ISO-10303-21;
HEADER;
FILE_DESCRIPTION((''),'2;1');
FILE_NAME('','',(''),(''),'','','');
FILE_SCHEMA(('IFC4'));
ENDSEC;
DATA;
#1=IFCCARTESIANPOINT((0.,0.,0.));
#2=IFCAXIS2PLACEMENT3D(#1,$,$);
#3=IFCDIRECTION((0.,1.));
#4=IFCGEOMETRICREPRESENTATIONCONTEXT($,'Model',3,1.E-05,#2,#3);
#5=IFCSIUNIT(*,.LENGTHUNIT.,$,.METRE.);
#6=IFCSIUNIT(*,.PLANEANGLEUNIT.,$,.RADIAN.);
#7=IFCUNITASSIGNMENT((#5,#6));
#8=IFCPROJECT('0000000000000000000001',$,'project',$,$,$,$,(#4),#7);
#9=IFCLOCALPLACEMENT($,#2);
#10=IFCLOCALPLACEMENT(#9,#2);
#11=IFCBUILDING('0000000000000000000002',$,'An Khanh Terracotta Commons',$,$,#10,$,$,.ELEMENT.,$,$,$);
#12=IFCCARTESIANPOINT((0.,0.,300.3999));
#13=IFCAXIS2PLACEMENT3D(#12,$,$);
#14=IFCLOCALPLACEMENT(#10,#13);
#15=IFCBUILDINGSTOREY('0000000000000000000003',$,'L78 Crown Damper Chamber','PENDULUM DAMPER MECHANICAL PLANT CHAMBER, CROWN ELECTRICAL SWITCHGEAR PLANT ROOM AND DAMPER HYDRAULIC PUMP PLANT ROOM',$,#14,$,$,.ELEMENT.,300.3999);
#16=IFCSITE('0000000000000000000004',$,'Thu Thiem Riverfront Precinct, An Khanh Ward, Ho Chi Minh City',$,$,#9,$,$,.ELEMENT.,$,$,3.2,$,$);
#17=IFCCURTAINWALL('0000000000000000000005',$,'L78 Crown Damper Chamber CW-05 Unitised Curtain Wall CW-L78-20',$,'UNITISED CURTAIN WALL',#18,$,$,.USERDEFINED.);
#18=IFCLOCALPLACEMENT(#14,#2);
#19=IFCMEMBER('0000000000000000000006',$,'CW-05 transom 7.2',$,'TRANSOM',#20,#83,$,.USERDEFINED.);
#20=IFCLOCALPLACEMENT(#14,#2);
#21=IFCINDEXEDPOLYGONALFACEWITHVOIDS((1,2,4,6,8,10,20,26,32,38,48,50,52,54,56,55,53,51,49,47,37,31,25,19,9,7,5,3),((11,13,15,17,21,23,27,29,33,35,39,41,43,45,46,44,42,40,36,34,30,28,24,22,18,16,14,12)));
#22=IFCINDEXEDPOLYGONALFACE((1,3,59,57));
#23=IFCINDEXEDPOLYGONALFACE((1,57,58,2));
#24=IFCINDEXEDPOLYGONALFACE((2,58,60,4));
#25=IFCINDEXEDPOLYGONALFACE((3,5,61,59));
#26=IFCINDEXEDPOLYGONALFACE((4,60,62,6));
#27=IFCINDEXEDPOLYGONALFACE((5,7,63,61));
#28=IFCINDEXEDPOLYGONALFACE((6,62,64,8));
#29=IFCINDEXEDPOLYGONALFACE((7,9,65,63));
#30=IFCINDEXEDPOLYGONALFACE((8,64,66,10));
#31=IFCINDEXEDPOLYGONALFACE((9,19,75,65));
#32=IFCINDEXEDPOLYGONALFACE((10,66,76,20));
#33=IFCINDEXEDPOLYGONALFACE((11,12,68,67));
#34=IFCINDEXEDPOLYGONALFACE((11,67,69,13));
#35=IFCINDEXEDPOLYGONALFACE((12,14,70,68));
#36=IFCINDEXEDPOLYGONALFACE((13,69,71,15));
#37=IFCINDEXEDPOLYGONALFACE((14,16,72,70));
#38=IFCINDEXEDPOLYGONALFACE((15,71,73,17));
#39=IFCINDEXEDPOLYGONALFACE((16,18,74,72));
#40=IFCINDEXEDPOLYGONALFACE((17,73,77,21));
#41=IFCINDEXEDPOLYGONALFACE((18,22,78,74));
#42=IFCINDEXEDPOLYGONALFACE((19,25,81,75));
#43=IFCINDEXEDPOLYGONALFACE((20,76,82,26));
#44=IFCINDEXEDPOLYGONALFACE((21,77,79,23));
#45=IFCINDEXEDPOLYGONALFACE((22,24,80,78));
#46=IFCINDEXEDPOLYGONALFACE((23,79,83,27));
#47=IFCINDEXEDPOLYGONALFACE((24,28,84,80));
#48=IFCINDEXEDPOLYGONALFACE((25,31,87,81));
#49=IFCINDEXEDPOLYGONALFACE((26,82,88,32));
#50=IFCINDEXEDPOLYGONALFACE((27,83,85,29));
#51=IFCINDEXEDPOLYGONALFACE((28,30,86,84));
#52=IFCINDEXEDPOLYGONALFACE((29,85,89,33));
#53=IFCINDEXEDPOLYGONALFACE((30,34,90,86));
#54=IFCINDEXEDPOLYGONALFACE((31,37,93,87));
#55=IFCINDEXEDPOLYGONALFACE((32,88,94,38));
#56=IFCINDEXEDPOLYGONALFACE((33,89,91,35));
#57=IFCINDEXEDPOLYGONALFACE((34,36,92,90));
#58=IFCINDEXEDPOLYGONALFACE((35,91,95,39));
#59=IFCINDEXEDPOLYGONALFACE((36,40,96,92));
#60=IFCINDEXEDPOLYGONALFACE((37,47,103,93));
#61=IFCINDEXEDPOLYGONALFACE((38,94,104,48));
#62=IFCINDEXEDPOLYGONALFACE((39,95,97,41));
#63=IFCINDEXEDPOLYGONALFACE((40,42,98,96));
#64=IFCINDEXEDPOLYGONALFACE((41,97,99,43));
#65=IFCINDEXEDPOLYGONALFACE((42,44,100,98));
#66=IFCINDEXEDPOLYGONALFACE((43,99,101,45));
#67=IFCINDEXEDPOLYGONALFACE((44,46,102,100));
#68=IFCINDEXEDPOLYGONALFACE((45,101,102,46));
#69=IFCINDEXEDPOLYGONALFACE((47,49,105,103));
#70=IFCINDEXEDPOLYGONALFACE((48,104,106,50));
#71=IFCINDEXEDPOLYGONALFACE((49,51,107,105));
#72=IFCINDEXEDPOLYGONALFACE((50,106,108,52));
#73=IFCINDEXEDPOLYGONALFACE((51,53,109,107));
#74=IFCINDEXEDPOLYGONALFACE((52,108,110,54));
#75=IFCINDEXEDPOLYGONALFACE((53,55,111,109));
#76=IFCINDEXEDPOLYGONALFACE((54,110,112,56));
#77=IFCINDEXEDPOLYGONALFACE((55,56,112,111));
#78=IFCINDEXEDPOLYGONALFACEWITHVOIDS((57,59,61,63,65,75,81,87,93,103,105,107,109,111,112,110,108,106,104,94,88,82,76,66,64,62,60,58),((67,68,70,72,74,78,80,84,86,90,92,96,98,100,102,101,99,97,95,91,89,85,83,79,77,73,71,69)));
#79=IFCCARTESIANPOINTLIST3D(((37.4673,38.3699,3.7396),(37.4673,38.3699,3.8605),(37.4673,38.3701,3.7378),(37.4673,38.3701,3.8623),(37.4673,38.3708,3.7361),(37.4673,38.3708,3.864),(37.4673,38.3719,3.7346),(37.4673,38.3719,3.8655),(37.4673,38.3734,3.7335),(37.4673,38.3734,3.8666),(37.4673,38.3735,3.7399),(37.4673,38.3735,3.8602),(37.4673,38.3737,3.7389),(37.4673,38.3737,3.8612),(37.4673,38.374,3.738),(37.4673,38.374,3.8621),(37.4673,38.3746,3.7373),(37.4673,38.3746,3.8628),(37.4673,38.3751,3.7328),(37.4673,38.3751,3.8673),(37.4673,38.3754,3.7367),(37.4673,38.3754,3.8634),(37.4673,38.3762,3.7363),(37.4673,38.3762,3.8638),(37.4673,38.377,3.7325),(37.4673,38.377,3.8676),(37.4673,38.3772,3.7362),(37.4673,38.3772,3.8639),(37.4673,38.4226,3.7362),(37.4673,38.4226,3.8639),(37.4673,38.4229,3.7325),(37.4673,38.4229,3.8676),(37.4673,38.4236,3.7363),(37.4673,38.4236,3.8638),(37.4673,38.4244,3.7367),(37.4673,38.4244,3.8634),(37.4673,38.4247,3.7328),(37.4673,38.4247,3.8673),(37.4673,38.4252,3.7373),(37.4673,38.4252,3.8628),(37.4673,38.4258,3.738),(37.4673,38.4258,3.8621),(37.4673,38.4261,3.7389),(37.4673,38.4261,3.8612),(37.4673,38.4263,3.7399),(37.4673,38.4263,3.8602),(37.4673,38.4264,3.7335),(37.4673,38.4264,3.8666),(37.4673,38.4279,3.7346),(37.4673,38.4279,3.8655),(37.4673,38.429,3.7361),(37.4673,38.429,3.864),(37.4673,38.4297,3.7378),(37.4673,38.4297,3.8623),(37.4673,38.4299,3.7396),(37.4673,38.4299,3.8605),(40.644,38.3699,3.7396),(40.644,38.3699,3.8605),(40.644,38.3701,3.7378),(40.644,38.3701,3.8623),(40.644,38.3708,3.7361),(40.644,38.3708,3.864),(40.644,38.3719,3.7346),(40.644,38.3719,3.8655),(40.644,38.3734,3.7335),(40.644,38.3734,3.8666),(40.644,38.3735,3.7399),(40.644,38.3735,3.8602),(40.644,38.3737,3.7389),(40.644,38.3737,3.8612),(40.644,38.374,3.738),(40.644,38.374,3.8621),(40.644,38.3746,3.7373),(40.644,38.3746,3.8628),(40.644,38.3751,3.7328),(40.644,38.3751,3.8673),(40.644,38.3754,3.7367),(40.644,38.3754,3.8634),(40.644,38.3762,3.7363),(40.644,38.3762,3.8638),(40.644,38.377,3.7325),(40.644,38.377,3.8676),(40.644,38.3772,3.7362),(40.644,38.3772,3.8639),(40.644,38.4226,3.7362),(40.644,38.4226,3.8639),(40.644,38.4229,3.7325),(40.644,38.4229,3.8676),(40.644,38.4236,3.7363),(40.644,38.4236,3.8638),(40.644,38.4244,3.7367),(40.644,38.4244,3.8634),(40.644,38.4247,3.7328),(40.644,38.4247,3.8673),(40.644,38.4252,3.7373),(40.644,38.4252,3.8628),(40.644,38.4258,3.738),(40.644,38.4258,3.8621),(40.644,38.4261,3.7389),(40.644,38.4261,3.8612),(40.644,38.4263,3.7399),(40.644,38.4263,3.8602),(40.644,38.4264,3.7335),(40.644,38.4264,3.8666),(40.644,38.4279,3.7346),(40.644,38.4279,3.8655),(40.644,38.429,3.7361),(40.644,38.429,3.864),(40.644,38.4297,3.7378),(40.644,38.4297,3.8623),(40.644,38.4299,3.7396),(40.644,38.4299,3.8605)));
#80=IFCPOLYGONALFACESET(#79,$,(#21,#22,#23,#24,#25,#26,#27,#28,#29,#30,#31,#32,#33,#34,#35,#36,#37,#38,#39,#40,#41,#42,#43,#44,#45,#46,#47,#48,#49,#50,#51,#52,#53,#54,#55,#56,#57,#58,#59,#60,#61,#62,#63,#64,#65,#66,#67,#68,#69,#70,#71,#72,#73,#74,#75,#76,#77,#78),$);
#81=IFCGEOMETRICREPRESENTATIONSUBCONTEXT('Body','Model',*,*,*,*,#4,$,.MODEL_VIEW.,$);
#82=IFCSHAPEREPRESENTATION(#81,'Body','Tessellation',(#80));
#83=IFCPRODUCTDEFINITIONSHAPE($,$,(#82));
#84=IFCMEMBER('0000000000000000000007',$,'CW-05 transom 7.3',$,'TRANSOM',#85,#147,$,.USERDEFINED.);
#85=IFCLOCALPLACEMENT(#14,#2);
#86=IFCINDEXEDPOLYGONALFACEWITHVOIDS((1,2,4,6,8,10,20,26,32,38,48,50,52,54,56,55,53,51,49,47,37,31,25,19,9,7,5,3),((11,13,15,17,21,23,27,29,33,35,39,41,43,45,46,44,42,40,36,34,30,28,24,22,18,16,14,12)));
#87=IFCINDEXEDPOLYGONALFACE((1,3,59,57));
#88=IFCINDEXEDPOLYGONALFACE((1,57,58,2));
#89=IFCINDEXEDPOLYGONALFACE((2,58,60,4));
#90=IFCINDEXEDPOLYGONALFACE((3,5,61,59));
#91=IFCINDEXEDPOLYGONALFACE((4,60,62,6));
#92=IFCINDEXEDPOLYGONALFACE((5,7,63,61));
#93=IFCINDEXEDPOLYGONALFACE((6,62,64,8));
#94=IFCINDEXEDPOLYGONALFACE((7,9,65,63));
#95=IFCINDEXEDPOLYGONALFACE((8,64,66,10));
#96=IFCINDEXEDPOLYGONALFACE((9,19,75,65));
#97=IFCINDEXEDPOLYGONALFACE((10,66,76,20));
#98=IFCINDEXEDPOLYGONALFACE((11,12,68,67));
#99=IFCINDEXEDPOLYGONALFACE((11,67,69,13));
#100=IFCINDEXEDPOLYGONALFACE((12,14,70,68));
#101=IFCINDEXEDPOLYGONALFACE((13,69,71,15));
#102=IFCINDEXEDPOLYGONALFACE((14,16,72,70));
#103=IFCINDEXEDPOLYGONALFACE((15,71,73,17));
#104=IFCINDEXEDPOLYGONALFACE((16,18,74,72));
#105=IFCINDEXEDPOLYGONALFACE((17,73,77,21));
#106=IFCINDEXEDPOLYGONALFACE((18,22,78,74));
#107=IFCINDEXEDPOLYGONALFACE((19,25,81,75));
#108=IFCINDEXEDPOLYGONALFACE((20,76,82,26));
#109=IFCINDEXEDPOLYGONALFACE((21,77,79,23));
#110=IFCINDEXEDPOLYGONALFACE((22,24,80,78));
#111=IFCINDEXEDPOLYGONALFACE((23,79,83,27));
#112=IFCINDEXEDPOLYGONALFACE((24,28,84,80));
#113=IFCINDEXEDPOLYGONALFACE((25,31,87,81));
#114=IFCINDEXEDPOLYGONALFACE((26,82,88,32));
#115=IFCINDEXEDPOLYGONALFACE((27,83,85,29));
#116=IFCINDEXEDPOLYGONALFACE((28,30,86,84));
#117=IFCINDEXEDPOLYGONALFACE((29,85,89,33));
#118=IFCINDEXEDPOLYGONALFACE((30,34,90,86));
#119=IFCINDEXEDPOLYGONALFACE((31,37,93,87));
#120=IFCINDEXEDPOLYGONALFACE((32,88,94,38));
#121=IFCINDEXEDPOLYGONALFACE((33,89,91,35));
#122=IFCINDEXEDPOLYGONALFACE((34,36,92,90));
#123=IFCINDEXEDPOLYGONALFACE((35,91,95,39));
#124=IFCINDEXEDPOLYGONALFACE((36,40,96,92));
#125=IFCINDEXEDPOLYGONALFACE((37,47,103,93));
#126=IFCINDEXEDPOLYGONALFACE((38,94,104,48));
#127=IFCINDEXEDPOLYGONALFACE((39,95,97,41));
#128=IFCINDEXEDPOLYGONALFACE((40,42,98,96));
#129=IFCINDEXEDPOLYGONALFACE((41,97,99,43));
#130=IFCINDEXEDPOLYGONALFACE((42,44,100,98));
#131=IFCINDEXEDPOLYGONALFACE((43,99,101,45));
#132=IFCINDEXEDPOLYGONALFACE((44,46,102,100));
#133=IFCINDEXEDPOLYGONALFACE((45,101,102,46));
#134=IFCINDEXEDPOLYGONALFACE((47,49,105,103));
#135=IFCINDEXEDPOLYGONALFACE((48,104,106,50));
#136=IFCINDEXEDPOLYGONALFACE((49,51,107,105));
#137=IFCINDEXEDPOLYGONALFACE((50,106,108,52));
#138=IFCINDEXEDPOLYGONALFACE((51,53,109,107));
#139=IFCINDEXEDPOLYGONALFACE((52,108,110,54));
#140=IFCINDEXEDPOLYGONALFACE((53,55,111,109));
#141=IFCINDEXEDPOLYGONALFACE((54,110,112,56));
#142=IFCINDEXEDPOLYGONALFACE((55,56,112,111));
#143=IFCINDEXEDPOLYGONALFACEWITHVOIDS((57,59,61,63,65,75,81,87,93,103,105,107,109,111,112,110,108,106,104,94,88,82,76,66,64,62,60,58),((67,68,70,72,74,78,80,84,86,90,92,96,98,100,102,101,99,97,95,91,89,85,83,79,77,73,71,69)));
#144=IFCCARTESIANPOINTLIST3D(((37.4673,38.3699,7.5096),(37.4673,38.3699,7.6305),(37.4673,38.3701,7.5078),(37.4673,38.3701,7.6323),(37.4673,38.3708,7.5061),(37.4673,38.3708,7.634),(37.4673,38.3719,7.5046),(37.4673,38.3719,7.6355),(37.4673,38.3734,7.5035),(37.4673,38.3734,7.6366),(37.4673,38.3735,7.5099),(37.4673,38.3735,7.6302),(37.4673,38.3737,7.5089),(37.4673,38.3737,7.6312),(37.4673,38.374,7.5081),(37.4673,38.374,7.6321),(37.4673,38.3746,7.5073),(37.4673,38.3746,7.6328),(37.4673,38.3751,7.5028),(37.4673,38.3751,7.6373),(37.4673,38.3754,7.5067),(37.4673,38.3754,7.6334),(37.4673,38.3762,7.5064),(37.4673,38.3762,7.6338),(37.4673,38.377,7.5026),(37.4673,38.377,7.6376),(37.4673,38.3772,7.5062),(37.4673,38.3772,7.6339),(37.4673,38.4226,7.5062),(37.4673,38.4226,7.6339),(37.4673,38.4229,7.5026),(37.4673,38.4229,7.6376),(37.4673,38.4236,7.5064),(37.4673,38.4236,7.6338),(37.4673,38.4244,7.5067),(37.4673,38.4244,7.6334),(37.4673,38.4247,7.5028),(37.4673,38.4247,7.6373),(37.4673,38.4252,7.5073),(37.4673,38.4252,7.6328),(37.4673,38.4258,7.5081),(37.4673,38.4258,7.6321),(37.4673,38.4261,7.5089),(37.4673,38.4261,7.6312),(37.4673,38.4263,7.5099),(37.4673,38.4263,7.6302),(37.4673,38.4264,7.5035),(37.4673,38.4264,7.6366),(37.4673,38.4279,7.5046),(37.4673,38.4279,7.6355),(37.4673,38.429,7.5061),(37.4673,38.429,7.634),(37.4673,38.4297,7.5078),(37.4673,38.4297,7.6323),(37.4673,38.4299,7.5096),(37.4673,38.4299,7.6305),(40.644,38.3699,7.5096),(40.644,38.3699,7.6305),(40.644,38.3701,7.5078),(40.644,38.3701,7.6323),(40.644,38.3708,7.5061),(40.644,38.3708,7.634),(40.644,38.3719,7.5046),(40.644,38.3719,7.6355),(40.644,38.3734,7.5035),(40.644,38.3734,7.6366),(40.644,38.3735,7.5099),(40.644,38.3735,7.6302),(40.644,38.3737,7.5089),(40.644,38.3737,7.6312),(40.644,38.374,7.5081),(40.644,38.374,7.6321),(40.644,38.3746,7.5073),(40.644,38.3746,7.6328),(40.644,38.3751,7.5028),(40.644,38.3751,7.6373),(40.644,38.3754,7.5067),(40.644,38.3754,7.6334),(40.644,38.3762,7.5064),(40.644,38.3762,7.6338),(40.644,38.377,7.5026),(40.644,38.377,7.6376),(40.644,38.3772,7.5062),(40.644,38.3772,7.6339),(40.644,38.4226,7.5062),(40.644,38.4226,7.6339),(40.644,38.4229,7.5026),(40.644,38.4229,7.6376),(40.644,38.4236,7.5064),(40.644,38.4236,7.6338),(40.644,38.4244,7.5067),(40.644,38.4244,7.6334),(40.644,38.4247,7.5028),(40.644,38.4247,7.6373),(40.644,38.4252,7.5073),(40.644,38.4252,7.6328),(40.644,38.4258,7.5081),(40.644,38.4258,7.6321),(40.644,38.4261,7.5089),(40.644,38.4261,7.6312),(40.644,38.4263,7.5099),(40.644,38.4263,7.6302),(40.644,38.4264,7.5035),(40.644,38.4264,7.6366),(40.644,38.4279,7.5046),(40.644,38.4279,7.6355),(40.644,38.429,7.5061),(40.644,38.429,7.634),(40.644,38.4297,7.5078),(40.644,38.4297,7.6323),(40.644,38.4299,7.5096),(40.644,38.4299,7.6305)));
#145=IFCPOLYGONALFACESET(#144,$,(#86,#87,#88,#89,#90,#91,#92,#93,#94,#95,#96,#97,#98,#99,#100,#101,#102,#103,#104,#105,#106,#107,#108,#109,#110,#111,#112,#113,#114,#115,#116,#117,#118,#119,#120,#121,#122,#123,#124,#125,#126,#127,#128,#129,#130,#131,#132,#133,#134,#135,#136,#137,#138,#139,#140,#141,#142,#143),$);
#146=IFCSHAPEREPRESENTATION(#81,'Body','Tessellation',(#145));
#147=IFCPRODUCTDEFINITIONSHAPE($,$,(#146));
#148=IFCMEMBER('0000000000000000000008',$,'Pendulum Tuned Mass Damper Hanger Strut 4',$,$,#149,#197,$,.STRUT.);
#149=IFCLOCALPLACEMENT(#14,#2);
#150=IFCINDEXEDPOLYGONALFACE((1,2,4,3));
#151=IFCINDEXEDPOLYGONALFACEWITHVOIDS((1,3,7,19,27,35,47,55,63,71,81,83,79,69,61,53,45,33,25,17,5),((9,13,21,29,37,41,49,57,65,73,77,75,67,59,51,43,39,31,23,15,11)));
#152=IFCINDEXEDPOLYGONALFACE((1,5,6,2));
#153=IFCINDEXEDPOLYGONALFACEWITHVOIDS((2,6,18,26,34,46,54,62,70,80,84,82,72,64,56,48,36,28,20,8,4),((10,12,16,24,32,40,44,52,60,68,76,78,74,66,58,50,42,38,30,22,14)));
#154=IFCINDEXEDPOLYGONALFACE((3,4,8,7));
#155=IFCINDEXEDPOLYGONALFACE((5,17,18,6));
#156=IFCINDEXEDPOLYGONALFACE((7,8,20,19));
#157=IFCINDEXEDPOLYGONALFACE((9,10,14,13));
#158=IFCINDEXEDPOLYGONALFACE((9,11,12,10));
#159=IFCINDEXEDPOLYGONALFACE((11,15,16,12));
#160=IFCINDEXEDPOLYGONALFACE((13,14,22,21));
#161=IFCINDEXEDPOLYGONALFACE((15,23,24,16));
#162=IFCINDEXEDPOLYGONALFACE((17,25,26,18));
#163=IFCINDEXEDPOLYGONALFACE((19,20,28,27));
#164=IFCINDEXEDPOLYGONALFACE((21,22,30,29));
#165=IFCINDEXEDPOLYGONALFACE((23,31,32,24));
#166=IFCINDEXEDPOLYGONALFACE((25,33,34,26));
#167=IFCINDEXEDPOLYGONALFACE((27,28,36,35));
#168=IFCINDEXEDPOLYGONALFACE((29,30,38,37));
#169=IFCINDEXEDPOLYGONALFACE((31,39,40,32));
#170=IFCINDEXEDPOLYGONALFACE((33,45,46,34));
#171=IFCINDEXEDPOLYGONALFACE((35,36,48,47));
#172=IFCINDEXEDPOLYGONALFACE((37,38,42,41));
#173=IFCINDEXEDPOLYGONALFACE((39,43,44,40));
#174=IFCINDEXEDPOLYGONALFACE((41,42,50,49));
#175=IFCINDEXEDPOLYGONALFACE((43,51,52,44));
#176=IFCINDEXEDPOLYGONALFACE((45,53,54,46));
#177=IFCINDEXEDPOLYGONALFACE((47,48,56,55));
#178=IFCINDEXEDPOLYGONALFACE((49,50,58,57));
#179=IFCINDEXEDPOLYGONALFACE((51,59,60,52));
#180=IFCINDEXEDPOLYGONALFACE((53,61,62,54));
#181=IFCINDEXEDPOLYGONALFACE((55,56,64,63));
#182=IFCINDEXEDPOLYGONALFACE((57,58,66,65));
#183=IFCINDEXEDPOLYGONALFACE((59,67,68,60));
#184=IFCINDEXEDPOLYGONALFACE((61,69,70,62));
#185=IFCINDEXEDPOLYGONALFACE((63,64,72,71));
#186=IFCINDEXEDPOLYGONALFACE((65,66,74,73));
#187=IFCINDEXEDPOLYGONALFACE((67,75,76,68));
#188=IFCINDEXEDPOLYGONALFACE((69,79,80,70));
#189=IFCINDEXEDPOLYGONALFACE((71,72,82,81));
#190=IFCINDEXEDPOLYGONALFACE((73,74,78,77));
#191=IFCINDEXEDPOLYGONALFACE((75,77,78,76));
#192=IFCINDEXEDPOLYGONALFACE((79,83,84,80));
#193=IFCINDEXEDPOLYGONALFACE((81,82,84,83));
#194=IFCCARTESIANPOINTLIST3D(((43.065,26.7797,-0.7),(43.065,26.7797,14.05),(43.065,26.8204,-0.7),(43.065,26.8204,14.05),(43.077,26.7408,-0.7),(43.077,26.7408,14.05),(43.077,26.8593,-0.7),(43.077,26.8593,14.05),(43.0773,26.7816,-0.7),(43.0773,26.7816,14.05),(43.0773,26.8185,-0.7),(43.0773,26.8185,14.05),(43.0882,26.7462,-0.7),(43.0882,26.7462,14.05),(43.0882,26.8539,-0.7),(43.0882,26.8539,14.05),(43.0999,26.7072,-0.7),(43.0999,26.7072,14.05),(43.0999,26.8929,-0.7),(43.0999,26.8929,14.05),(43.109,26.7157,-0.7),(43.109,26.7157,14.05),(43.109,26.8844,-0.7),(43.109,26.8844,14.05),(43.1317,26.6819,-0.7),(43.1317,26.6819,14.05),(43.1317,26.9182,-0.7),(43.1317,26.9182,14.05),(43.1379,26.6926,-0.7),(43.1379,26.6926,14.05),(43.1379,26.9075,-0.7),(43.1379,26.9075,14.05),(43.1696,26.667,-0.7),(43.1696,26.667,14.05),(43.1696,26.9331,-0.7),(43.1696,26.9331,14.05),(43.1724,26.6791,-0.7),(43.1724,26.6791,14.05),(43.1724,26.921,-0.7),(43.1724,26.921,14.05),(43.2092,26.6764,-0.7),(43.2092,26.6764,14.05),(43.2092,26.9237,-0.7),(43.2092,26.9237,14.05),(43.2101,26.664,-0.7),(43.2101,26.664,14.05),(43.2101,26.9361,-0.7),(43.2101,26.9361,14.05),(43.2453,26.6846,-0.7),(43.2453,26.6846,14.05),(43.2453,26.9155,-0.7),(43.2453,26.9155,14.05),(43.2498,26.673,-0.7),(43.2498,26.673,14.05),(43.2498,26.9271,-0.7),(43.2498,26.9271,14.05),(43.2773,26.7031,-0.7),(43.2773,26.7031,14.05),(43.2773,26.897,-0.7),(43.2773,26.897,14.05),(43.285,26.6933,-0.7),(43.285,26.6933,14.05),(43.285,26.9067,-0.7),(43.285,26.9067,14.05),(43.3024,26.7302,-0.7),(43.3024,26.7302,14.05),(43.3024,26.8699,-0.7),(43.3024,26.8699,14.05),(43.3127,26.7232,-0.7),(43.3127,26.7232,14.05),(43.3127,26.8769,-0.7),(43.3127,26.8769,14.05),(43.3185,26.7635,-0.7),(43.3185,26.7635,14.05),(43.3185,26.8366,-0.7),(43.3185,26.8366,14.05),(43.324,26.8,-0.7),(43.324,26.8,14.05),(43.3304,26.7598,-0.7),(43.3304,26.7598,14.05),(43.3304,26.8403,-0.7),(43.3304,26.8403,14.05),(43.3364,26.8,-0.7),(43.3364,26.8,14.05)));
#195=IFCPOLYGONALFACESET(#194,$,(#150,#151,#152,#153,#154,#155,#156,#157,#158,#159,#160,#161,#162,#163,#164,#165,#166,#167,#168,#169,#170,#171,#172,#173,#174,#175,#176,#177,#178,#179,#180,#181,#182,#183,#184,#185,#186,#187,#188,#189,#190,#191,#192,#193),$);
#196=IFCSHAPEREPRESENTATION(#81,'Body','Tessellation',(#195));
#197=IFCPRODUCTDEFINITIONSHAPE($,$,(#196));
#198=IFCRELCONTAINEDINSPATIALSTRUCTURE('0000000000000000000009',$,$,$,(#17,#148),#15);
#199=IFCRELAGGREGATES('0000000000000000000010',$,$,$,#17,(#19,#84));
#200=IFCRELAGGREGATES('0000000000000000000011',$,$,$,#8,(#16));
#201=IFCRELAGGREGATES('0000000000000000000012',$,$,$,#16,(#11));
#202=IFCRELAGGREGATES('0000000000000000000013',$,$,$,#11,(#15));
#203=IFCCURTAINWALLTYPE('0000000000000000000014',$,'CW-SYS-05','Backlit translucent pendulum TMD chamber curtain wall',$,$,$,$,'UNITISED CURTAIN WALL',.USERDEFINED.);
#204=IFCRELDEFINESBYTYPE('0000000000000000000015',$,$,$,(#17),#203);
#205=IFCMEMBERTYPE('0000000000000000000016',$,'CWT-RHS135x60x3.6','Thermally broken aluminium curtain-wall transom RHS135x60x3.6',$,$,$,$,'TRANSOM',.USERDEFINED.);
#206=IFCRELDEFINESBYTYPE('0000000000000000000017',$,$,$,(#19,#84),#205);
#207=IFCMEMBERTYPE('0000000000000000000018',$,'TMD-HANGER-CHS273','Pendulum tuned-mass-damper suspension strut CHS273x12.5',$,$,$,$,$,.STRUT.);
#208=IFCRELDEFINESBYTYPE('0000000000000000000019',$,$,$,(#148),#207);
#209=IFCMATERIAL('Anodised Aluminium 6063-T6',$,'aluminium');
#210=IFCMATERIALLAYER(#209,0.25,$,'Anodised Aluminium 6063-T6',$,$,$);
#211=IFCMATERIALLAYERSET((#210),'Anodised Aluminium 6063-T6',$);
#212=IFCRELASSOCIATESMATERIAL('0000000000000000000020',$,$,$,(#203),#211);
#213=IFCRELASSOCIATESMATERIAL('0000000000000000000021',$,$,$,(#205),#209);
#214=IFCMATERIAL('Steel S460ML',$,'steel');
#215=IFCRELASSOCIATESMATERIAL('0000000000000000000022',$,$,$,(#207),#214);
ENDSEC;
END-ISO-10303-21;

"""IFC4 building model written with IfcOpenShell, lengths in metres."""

from ifc_helpers import new_model, si_unit, direction, frame, origin, origin_2d, place, context, subcontext, project, spatial, hollow_rectangle, hollow_circle, extrude, material, layer, layer_set, material_profile, profile_set, type_object, element, aggregate, save


model = new_model("IFC4")

# Units and contexts
model_context = context("Model", 3, precision=1e-05, world=origin(), true_north=direction((0.0, 1.0)))
body_context = subcontext(model_context, "Body", "Model", "MODEL_VIEW")
ifc_project = project(units=[si_unit("LENGTHUNIT", "METRE"), si_unit("PLANEANGLEUNIT", "RADIAN")], contexts=[model_context])

# Site, building, storey
site_placement = place(None, origin())
site = spatial("IfcSite", under=ifc_project, at=site_placement, Name="Thu Thiem Riverfront Precinct, An Khanh Ward, Ho Chi Minh City", CompositionType="ELEMENT", RefElevation=3.2)
building_placement = place(site_placement, origin())
building = spatial("IfcBuilding", under=site, at=building_placement, Name="An Khanh Terracotta Commons", CompositionType="ELEMENT")
storey_placement = place(building_placement, frame((0.0, 0.0, 300.3999)))
storey = spatial("IfcBuildingStorey", under=building, at=storey_placement, Name="L78 Crown Damper Chamber", Description="PENDULUM DAMPER MECHANICAL PLANT CHAMBER, CROWN ELECTRICAL SWITCHGEAR PLANT ROOM AND DAMPER HYDRAULIC PUMP PLANT ROOM", CompositionType="ELEMENT", Elevation=300.3999)

# Shared definitions
ifc_material_1 = material(Name="Steel S460ML", Category="steel")

# Curtain wall, members
ifc_material_2 = material(Name="Anodised Aluminium 6063-T6", Category="aluminium")
ifc_layer_1 = layer(ifc_material_2, 0.25, Name="Anodised Aluminium 6063-T6")
ifc_layer_set_1 = layer_set([ifc_layer_1], Name="Anodised Aluminium 6063-T6")
curtain_wall_type = type_object("IfcCurtainWallType", Name="CW-SYS-05", Description="Backlit translucent pendulum TMD chamber curtain wall", ElementType="UNITISED CURTAIN WALL", PredefinedType="USERDEFINED", material=ifc_layer_set_1)
curtain_wall_placement = place(storey_placement, origin())
curtain_wall = element("IfcCurtainWall", 1, at=curtain_wall_placement, inside=storey, type_object=curtain_wall_type, Name="L78 Crown Damper Chamber CW-05 Unitised Curtain Wall CW-L78-20", ObjectType="UNITISED CURTAIN WALL", PredefinedType="USERDEFINED")
ifc_material_profile_1 = material_profile(ifc_material_2, hollow_rectangle(XDim=0.0601, YDim=0.135, WallThickness=0.0037, InnerFilletRadius=0.0037, OuterFilletRadius=0.0071, at=origin_2d()), Name="RHS135x60x3.6")
ifc_profile_set_1 = profile_set([ifc_material_profile_1], Name="Anodised Aluminium 6063-T6")
member_type_1 = type_object("IfcMemberType", Name="CWT-RHS135x60x3.6", Description="Thermally broken aluminium curtain-wall transom RHS135x60x3.6", ElementType="TRANSOM", PredefinedType="USERDEFINED", material=ifc_profile_set_1)
member_1_placement = place(storey_placement, frame((40.644, 38.3999, 3.8), z_axis=(-1.0, 0.0, 0.0), x_axis=(0.0, -1.0, 0.0)))
member_1 = element("IfcMember", 2, at=member_1_placement, type_object=member_type_1, Name="CW-05 transom 7.2", ObjectType="TRANSOM", PredefinedType="USERDEFINED", context=body_context, shape_type="SweptSolid", body=[
    extrude(hollow_rectangle(XDim=0.0601, YDim=0.135, WallThickness=0.0037, InnerFilletRadius=0.0037, OuterFilletRadius=0.0071, at=origin_2d()), origin(), (0.0, 0.0, 1.0), 3.1768),
])
member_2_placement = place(storey_placement, frame((40.644, 38.3999, 7.5701), z_axis=(-1.0, 0.0, 0.0), x_axis=(0.0, -1.0, 0.0)))
member_2 = element("IfcMember", 3, at=member_2_placement, type_object=member_type_1, Name="CW-05 transom 7.3", ObjectType="TRANSOM", PredefinedType="USERDEFINED", context=body_context, shape_type="SweptSolid", body=[
    extrude(hollow_rectangle(XDim=0.0601, YDim=0.135, WallThickness=0.0037, InnerFilletRadius=0.0037, OuterFilletRadius=0.0071, at=origin_2d()), origin(), (0.0, 0.0, 1.0), 3.1768),
])

# Member
ifc_material_profile_2 = material_profile(ifc_material_1, hollow_circle(Radius=0.1365, WallThickness=0.0125, at=origin_2d()), Name="CHS273x12.5")
ifc_profile_set_2 = profile_set([ifc_material_profile_2], Name="Steel S460ML")
member_type_2 = type_object("IfcMemberType", Name="TMD-HANGER-CHS273", Description="Pendulum tuned-mass-damper suspension strut CHS273x12.5", PredefinedType="STRUT", material=ifc_profile_set_2)
member_3_placement = place(storey_placement, frame((43.2, 26.8, -0.7), z_axis=(0.0, 0.0, 1.0), x_axis=(1.0, 0.0, 0.0)))
element("IfcMember", 4, at=member_3_placement, inside=storey, type_object=member_type_2, Name="Pendulum Tuned Mass Damper Hanger Strut 4", PredefinedType="STRUT", context=body_context, shape_type="SweptSolid", body=[
    extrude(hollow_circle(Radius=0.1365, WallThickness=0.0125, at=origin_2d()), origin(), (0.0, 0.0, 1.0), 14.75),
])

aggregate(curtain_wall, [member_1, member_2])

save(model, "model.ifc")
